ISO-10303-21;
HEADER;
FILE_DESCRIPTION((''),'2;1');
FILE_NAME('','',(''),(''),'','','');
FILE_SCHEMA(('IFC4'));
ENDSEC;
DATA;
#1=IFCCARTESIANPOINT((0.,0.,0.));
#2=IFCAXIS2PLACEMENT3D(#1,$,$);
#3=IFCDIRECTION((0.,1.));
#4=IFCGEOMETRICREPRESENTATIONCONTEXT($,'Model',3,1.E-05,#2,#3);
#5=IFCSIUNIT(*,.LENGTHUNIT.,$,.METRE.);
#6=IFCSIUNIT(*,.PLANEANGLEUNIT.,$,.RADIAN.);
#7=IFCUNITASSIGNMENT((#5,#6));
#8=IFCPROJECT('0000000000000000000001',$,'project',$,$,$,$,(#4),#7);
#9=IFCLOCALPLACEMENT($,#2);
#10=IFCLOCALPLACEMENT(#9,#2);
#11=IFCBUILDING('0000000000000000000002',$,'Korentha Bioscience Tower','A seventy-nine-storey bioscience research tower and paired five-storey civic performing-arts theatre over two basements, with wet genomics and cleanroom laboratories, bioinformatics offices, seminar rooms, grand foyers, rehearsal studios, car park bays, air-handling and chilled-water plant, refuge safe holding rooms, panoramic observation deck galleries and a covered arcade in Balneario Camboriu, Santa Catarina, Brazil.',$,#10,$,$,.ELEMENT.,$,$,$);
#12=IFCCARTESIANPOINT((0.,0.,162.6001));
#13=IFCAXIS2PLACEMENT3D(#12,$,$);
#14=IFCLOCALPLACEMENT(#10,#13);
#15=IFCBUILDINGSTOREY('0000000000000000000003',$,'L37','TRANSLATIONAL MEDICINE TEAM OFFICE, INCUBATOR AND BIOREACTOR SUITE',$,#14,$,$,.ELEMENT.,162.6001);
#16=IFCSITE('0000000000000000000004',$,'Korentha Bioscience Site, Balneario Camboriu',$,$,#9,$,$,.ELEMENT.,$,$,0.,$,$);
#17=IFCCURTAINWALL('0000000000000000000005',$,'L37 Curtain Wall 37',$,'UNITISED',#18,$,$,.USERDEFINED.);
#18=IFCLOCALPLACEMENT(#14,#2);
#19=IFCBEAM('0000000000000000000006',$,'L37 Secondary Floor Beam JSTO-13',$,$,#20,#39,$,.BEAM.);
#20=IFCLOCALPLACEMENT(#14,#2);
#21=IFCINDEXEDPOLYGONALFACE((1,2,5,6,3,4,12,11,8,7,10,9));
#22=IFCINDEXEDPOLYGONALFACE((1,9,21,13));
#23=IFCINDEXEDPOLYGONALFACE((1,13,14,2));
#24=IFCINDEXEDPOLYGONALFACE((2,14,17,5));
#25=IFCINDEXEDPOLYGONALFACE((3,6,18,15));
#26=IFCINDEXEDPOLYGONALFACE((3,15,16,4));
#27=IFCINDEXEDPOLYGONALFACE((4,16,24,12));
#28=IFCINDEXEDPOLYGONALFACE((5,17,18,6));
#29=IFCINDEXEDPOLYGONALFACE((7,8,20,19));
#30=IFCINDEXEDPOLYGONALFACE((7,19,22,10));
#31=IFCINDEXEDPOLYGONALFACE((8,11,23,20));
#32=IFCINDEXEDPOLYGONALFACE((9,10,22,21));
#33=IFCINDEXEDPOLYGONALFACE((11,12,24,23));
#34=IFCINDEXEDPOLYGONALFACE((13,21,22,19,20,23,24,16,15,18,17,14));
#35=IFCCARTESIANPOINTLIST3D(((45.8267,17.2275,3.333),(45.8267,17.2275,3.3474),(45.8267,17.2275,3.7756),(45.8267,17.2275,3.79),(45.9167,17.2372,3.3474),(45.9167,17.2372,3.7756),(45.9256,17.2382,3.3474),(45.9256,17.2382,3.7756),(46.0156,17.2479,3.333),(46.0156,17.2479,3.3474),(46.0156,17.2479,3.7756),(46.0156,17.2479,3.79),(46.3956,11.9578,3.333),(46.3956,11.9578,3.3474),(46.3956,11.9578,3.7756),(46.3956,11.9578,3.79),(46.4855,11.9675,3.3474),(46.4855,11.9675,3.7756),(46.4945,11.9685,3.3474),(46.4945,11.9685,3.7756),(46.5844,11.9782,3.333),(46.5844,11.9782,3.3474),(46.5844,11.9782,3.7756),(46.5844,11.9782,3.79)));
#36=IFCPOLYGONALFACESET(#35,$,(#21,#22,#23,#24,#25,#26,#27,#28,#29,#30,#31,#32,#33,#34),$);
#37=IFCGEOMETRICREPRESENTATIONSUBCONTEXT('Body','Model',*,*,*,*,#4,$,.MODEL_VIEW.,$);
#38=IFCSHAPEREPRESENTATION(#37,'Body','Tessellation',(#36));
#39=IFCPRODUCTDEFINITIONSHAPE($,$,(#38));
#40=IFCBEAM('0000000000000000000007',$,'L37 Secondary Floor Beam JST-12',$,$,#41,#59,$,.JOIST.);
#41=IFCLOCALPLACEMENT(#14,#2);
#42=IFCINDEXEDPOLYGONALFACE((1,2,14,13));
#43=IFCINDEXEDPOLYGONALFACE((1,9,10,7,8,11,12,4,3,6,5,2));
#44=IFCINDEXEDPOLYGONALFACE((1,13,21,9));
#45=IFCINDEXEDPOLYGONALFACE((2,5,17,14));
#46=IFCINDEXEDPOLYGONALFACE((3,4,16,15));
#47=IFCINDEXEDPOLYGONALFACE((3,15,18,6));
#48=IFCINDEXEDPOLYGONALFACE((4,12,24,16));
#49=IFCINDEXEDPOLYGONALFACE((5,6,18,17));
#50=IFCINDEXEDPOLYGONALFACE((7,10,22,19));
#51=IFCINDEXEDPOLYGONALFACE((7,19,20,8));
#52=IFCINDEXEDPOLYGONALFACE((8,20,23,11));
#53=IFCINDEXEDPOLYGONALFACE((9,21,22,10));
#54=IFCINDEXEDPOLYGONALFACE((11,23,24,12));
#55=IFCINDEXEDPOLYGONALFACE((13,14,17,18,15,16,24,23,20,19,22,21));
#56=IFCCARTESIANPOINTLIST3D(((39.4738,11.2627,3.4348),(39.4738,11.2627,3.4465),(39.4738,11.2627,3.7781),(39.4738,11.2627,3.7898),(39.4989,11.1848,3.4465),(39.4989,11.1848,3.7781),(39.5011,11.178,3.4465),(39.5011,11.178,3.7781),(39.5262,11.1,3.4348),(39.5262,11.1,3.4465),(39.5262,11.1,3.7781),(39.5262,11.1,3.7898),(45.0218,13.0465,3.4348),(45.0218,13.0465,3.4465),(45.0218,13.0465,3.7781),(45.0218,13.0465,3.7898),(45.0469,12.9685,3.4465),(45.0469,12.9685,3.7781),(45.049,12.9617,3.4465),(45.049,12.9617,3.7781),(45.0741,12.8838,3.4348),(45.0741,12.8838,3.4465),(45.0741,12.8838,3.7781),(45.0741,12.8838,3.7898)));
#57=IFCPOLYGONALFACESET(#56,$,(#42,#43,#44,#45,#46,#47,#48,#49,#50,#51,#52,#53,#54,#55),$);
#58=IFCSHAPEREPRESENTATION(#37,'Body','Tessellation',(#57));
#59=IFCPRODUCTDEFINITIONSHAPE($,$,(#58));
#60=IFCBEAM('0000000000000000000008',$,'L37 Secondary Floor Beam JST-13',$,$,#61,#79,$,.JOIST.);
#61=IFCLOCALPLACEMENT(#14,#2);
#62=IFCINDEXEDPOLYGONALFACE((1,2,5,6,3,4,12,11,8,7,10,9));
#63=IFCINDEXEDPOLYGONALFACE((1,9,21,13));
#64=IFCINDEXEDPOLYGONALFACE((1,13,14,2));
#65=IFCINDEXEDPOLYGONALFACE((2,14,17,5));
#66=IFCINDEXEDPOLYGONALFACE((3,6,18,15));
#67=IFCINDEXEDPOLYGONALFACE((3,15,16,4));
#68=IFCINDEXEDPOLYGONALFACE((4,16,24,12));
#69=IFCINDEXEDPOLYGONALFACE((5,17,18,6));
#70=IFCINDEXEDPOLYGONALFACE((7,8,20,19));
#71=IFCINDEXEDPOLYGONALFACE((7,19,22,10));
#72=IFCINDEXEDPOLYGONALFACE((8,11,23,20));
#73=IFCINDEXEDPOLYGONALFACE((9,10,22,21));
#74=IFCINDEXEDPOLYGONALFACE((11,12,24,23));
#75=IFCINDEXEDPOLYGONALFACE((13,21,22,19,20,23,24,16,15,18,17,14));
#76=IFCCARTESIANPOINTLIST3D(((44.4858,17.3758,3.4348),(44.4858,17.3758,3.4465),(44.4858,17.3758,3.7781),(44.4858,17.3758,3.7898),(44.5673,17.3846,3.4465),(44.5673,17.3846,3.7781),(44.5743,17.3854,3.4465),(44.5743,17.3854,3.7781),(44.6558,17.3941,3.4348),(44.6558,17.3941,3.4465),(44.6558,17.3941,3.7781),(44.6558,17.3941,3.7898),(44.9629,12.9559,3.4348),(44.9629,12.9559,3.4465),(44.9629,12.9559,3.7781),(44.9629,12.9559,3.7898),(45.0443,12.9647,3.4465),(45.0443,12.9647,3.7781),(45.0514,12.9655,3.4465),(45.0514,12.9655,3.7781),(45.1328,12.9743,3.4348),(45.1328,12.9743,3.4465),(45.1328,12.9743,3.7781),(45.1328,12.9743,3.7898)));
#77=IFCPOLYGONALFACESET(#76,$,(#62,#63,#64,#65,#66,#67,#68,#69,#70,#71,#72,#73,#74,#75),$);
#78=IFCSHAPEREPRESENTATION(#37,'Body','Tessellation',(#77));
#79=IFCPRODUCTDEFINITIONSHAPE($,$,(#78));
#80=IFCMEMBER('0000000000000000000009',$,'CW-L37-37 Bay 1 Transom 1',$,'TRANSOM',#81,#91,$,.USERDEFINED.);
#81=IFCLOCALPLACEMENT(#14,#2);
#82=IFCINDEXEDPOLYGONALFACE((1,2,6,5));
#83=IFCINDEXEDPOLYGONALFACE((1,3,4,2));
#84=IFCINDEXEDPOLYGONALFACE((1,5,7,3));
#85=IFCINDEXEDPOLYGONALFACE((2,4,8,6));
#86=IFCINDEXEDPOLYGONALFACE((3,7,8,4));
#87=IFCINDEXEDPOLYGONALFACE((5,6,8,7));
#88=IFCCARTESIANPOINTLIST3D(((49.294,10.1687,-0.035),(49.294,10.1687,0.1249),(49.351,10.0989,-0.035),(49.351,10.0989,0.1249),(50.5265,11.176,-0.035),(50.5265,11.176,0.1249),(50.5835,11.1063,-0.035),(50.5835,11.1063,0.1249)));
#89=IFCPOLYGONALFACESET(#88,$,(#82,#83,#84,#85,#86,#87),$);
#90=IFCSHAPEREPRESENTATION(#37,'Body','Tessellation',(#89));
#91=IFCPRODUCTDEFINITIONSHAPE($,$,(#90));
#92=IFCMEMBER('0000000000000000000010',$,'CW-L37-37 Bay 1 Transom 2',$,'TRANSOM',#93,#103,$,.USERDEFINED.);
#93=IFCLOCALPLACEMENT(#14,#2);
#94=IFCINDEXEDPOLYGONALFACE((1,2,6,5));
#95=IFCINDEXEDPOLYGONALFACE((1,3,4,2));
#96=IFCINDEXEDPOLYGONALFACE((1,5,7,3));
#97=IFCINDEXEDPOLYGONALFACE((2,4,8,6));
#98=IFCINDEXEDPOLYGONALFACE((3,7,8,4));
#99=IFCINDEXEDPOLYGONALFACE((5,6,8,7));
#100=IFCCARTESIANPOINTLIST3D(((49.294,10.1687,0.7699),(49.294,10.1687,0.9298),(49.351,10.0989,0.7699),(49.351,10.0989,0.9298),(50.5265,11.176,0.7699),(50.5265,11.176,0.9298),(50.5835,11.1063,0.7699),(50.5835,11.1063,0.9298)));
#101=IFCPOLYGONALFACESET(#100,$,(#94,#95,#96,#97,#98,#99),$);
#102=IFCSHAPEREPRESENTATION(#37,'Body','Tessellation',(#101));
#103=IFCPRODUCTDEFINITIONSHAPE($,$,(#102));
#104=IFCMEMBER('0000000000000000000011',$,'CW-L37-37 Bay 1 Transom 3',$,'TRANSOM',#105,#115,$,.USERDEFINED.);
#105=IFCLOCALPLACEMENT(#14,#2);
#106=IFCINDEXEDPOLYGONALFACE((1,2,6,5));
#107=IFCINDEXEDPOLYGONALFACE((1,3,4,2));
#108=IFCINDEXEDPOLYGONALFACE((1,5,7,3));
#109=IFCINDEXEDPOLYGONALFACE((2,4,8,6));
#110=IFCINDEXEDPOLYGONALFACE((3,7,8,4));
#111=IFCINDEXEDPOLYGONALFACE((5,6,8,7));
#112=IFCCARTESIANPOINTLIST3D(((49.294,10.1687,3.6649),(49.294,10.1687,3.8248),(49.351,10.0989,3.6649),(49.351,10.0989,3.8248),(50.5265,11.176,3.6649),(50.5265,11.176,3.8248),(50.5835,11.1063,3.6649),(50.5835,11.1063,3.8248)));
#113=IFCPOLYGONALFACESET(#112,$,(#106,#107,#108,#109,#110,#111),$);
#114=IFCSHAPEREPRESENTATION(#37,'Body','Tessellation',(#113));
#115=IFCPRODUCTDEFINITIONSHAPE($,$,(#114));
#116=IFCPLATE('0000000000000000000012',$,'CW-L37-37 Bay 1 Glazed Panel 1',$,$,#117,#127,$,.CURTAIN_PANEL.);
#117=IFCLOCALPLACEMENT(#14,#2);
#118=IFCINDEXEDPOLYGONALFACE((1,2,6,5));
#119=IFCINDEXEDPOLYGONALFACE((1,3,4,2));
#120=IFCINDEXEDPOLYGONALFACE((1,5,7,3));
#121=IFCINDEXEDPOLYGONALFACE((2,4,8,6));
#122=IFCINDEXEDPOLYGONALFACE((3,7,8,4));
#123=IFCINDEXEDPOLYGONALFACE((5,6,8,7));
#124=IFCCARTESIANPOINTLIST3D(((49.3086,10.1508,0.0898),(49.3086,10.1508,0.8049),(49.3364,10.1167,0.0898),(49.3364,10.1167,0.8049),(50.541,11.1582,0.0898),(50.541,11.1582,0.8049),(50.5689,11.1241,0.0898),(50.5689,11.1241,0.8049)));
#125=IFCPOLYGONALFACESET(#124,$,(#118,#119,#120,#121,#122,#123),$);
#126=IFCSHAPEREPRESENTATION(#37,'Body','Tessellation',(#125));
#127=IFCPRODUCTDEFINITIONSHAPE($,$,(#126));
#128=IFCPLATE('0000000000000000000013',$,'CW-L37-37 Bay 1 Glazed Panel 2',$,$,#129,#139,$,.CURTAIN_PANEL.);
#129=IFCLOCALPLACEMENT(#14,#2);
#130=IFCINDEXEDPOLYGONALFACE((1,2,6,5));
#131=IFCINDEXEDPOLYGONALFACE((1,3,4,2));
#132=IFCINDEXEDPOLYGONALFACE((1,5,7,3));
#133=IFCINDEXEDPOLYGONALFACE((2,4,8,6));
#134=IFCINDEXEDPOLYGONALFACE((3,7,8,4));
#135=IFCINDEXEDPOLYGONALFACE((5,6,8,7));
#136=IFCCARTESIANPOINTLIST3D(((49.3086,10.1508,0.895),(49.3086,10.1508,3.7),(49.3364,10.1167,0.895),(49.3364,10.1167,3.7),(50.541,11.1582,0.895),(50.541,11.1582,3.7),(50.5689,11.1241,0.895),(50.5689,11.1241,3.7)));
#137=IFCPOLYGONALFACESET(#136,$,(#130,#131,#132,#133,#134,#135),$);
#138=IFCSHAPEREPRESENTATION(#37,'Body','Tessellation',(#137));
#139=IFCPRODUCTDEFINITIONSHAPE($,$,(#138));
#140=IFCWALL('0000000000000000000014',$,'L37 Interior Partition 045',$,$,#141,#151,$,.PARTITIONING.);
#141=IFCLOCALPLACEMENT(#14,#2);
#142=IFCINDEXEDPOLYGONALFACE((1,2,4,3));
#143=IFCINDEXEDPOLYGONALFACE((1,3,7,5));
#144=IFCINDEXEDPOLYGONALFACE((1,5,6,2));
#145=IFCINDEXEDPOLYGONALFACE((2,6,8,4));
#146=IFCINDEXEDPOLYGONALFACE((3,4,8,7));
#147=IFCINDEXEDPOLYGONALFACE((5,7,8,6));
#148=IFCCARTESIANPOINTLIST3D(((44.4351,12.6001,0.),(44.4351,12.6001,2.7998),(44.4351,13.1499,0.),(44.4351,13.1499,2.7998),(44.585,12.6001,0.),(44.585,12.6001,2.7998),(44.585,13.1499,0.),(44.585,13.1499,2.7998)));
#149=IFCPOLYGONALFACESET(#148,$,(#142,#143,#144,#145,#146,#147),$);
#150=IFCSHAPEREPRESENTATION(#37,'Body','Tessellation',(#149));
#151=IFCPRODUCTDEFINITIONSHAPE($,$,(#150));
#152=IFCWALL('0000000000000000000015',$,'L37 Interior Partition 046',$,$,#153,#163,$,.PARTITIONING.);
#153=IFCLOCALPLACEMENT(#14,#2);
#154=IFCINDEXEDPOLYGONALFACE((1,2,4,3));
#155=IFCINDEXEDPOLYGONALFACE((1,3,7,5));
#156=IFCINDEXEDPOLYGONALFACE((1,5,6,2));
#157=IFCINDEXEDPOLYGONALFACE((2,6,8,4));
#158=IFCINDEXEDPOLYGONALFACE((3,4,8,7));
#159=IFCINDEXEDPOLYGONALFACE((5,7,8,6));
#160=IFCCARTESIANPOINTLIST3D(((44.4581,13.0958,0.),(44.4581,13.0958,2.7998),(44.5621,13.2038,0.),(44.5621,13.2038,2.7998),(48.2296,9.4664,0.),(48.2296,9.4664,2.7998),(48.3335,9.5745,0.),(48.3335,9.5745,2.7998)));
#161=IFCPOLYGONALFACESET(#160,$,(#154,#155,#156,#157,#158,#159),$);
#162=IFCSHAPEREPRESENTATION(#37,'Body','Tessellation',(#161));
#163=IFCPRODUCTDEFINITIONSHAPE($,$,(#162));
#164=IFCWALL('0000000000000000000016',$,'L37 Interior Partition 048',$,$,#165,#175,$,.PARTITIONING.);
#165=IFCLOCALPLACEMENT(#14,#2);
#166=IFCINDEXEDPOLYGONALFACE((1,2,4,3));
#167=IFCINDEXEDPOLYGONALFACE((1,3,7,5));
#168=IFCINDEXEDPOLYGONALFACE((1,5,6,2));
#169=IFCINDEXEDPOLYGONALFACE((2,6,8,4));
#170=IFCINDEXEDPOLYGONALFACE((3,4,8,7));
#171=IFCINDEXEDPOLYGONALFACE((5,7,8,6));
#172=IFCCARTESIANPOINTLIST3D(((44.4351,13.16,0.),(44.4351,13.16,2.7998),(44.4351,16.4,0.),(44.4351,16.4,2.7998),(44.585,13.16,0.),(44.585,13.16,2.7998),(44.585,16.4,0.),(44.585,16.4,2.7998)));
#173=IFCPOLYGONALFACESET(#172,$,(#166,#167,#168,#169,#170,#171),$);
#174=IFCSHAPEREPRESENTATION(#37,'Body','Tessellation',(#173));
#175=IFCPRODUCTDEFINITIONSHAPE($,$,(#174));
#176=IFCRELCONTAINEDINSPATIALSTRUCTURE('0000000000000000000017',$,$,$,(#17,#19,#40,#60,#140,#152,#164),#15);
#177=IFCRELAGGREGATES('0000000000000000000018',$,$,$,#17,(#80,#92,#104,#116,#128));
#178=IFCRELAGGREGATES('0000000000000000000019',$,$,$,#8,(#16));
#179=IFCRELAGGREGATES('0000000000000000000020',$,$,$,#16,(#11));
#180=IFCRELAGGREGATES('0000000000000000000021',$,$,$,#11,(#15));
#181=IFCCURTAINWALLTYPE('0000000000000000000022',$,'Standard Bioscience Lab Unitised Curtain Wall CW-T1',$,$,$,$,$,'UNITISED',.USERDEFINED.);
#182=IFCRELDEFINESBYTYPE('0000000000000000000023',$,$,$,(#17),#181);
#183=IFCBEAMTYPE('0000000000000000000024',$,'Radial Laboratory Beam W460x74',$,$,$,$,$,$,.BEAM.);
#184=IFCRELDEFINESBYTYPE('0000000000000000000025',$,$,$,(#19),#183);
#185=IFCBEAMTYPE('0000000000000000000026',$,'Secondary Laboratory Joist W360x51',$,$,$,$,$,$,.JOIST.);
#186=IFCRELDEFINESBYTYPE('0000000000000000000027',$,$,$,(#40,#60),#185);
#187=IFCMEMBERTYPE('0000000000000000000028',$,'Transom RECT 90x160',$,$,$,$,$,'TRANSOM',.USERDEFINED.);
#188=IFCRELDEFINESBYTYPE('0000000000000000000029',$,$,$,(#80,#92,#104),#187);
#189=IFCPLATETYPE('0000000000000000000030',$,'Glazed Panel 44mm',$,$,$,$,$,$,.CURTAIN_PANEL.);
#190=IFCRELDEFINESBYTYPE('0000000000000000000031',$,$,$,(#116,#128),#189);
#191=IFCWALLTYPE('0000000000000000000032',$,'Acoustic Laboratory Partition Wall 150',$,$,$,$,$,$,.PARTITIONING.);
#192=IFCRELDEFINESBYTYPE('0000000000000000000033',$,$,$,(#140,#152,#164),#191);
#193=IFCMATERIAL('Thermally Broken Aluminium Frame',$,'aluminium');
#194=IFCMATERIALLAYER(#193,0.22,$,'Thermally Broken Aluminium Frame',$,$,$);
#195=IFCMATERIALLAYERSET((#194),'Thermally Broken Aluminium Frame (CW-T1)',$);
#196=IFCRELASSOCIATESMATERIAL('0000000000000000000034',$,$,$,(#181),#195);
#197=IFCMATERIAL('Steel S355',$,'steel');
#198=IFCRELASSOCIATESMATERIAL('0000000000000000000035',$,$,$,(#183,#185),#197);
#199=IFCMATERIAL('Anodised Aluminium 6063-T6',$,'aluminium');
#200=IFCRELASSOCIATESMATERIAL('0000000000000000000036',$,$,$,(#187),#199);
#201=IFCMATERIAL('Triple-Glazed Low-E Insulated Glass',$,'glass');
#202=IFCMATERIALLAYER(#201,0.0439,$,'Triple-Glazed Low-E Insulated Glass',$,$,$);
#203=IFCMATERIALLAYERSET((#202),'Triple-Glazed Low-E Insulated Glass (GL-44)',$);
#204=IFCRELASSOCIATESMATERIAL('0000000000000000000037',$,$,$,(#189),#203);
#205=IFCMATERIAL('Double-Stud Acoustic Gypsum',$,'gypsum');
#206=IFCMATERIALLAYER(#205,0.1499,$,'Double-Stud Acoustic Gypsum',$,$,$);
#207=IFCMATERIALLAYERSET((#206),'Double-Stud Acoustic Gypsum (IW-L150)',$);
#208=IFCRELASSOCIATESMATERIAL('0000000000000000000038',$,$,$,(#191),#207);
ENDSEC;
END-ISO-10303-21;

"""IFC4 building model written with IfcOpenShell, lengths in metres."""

from ifc_helpers import new_model, si_unit, direction, frame, frame_2d, origin, origin_2d, place, context, subcontext, project, spatial, rectangle, i_section, extrude, material, layer, layer_set, material_profile, profile_set, type_object, element, aggregate, save


model = new_model("IFC4")

# Units and contexts
model_context = context("Model", 3, precision=1e-05, world=origin(), true_north=direction((0.0, 1.0)))
body_context = subcontext(model_context, "Body", "Model", "MODEL_VIEW")
ifc_project = project(units=[si_unit("LENGTHUNIT", "METRE"), si_unit("PLANEANGLEUNIT", "RADIAN")], contexts=[model_context])

# Site, building, storey
site_placement = place(None, origin())
site = spatial("IfcSite", under=ifc_project, at=site_placement, Name="Korentha Bioscience Site, Balneario Camboriu", CompositionType="ELEMENT", RefElevation=0.0)
building_placement = place(site_placement, origin())
building = spatial("IfcBuilding", under=site, at=building_placement, Name="Korentha Bioscience Tower", Description="A seventy-nine-storey bioscience research tower and paired five-storey civic performing-arts theatre over two basements, with wet genomics and cleanroom laboratories, bioinformatics offices, seminar rooms, grand foyers, rehearsal studios, car park bays, air-handling and chilled-water plant, refuge safe holding rooms, panoramic observation deck galleries and a covered arcade in Balneario Camboriu, Santa Catarina, Brazil.", CompositionType="ELEMENT")
storey_placement = place(building_placement, frame((0.0, 0.0, 162.6001)))
storey = spatial("IfcBuildingStorey", under=building, at=storey_placement, Name="L37", Description="TRANSLATIONAL MEDICINE TEAM OFFICE, INCUBATOR AND BIOREACTOR SUITE", CompositionType="ELEMENT", Elevation=162.6001)

# Shared definitions
ifc_material_1 = material(Name="Steel S355", Category="steel")

# Curtain wall
ifc_material_2 = material(Name="Thermally Broken Aluminium Frame", Category="aluminium")
ifc_layer_1 = layer(ifc_material_2, 0.22, Name="Thermally Broken Aluminium Frame")
ifc_layer_set_1 = layer_set([ifc_layer_1], Name="Thermally Broken Aluminium Frame (CW-T1)")
curtain_wall_type = type_object("IfcCurtainWallType", Name="Standard Bioscience Lab Unitised Curtain Wall CW-T1", ElementType="UNITISED", PredefinedType="USERDEFINED", material=ifc_layer_set_1)
curtain_wall_placement = place(storey_placement, origin())
curtain_wall = element("IfcCurtainWall", 1, at=curtain_wall_placement, inside=storey, type_object=curtain_wall_type, Name="L37 Curtain Wall 37", ObjectType="UNITISED", PredefinedType="USERDEFINED")
ifc_material_3 = material(Name="Anodised Aluminium 6063-T6", Category="aluminium")

# Beams
ifc_material_profile_1 = material_profile(ifc_material_1, i_section(OverallWidth=0.1899, OverallDepth=0.457, WebThickness=0.009, FlangeThickness=0.0144, at=origin_2d()), Name="Steel S355")
ifc_profile_set_1 = profile_set([ifc_material_profile_1], Name="Steel S355 (RB-460)")
beam_type_1 = type_object("IfcBeamType", Name="Radial Laboratory Beam W460x74", PredefinedType="BEAM", material=ifc_profile_set_1)
beam_1_placement = place(storey_placement, frame((46.49, 11.968, 3.5615), z_axis=(-0.107322, 0.994224, 0.0), x_axis=(-0.994224, -0.107322, 0.0)))
element("IfcBeam", 2, at=beam_1_placement, inside=storey, type_object=beam_type_1, Name="L37 Secondary Floor Beam JSTO-13", PredefinedType="BEAM", context=body_context, shape_type="SweptSolid", body=[
    extrude(i_section(OverallWidth=0.1899, OverallDepth=0.457, WebThickness=0.009, FlangeThickness=0.0144, at=origin_2d()), origin(), (0.0, 0.0, 1.0), 5.3003),
])
ifc_material_profile_2 = material_profile(ifc_material_1, i_section(OverallWidth=0.1709, OverallDepth=0.355, WebThickness=0.0071, FlangeThickness=0.0117, at=origin_2d()), Name="Steel S355")
ifc_profile_set_2 = profile_set([ifc_material_profile_2], Name="Steel S355 (JB-360)")
beam_type_2 = type_object("IfcBeamType", Name="Secondary Laboratory Joist W360x51", PredefinedType="JOIST", material=ifc_profile_set_2)
beam_2_placement = place(storey_placement, frame((39.5, 11.1814, 3.6123), z_axis=(0.952006, 0.30608, 0.0), x_axis=(-0.30608, 0.952006, 0.0)))
element("IfcBeam", 3, at=beam_2_placement, inside=storey, type_object=beam_type_2, Name="L37 Secondary Floor Beam JST-12", PredefinedType="JOIST", context=body_context, shape_type="SweptSolid", body=[
    extrude(i_section(OverallWidth=0.1709, OverallDepth=0.355, WebThickness=0.0071, FlangeThickness=0.0117, at=origin_2d()), origin(), (0.0, 0.0, 1.0), 5.8276),
])
beam_3_placement = place(storey_placement, frame((45.0479, 12.9651, 3.6123), z_axis=(-0.107309, 0.994226, 0.0), x_axis=(-0.994226, -0.107309, 0.0)))
element("IfcBeam", 4, at=beam_3_placement, inside=storey, type_object=beam_type_2, Name="L37 Secondary Floor Beam JST-13", PredefinedType="JOIST", context=body_context, shape_type="SweptSolid", body=[
    extrude(i_section(OverallWidth=0.1709, OverallDepth=0.355, WebThickness=0.0071, FlangeThickness=0.0117, at=origin_2d()), origin(), (0.0, 0.0, 1.0), 4.4456),
])

# Members
ifc_material_profile_3 = material_profile(ifc_material_3, rectangle(XDim=0.0901, YDim=0.1599, at=origin_2d()), Name="Anodised Aluminium 6063-T6")
ifc_profile_set_3 = profile_set([ifc_material_profile_3], Name="Anodised Aluminium 6063-T6 (CW-TRN)")
member_type_1 = type_object("IfcMemberType", Name="Transom RECT 90x160", ElementType="TRANSOM", PredefinedType="USERDEFINED", material=ifc_profile_set_3)
member_1_placement = place(storey_placement, frame((49.3225, 10.1338, 0.0449), z_axis=(0.774272, 0.632853, 0.0), x_axis=(-0.632853, 0.774272, 0.0)))
member_1 = element("IfcMember", 5, at=member_1_placement, type_object=member_type_1, Name="CW-L37-37 Bay 1 Transom 1", ObjectType="TRANSOM", PredefinedType="USERDEFINED", context=body_context, shape_type="SweptSolid", body=[
    extrude(rectangle(XDim=0.0901, YDim=0.1599, at=origin_2d()), origin(), (0.0, 0.0, 1.0), 1.5918),
])
member_2_placement = place(storey_placement, frame((49.3225, 10.1338, 0.8499), z_axis=(0.774272, 0.632853, 0.0), x_axis=(-0.632853, 0.774272, 0.0)))
member_2 = element("IfcMember", 6, at=member_2_placement, type_object=member_type_1, Name="CW-L37-37 Bay 1 Transom 2", ObjectType="TRANSOM", PredefinedType="USERDEFINED", context=body_context, shape_type="SweptSolid", body=[
    extrude(rectangle(XDim=0.0901, YDim=0.1599, at=origin_2d()), origin(), (0.0, 0.0, 1.0), 1.5918),
])
member_3_placement = place(storey_placement, frame((49.3225, 10.1338, 3.7449), z_axis=(0.774272, 0.632853, 0.0), x_axis=(-0.632853, 0.774272, 0.0)))
member_3 = element("IfcMember", 7, at=member_3_placement, type_object=member_type_1, Name="CW-L37-37 Bay 1 Transom 3", ObjectType="TRANSOM", PredefinedType="USERDEFINED", context=body_context, shape_type="SweptSolid", body=[
    extrude(rectangle(XDim=0.0901, YDim=0.1599, at=origin_2d()), origin(), (0.0, 0.0, 1.0), 1.5918),
])

# Plates
ifc_material_4 = material(Name="Triple-Glazed Low-E Insulated Glass", Category="glass")
ifc_layer_2 = layer(ifc_material_4, 0.0439, Name="Triple-Glazed Low-E Insulated Glass")
ifc_layer_set_2 = layer_set([ifc_layer_2], Name="Triple-Glazed Low-E Insulated Glass (GL-44)")
plate_type = type_object("IfcPlateType", Name="Glazed Panel 44mm", PredefinedType="CURTAIN_PANEL", material=ifc_layer_set_2)
plate_1_placement = place(storey_placement, frame((49.9387, 10.6375, 0.0898), z_axis=(0.0, 0.0, 1.0), x_axis=(0.774256, 0.632872, 0.0)))
plate_1 = element("IfcPlate", 8, at=plate_1_placement, type_object=plate_type, Name="CW-L37-37 Bay 1 Glazed Panel 1", PredefinedType="CURTAIN_PANEL", context=body_context, shape_type="SweptSolid", body=[
    extrude(rectangle(XDim=1.5918, YDim=0.0439, at=origin_2d()), origin(), (0.0, 0.0, 1.0), 0.7151),
])
plate_2_placement = place(storey_placement, frame((49.9387, 10.6375, 0.895), z_axis=(0.0, 0.0, 1.0), x_axis=(0.774256, 0.632872, 0.0)))
plate_2 = element("IfcPlate", 9, at=plate_2_placement, type_object=plate_type, Name="CW-L37-37 Bay 1 Glazed Panel 2", PredefinedType="CURTAIN_PANEL", context=body_context, shape_type="SweptSolid", body=[
    extrude(rectangle(XDim=1.5918, YDim=0.0439, at=origin_2d()), origin(), (0.0, 0.0, 1.0), 2.8049),
])
aggregate(curtain_wall, [member_1, member_2, member_3, plate_1, plate_2])

# Walls
ifc_material_5 = material(Name="Double-Stud Acoustic Gypsum", Category="gypsum")
ifc_layer_3 = layer(ifc_material_5, 0.1499, Name="Double-Stud Acoustic Gypsum")
ifc_layer_set_3 = layer_set([ifc_layer_3], Name="Double-Stud Acoustic Gypsum (IW-L150)")
wall_type_1 = type_object("IfcWallType", Name="Acoustic Laboratory Partition Wall 150", PredefinedType="PARTITIONING", material=ifc_layer_set_3)
wall_1_placement = place(storey_placement, frame((44.51, 12.6001, 0.0), z_axis=(0.0, 0.0, 1.0), x_axis=(0.0, 1.0, 0.0)))
element("IfcWall", 10, at=wall_1_placement, inside=storey, type_object=wall_type_1, Name="L37 Interior Partition 045", PredefinedType="PARTITIONING", context=body_context, shape_type="SweptSolid", body=[
    extrude(rectangle(XDim=0.5498, YDim=0.1499, at=frame_2d((0.2749, 0.0))), origin(), (0.0, 0.0, 1.0), 2.7998),
])
wall_2_placement = place(storey_placement, frame((44.51, 13.1499, 0.0), z_axis=(0.0, 0.0, 1.0), x_axis=(0.72055, -0.693403, 0.0)))
element("IfcWall", 11, at=wall_2_placement, inside=storey, type_object=wall_type_1, Name="L37 Interior Partition 046", PredefinedType="PARTITIONING", context=body_context, shape_type="SweptSolid", body=[
    extrude(rectangle(XDim=5.2341, YDim=0.1499, at=frame_2d((2.6172, 0.0))), origin(), (0.0, 0.0, 1.0), 2.7998),
])
wall_3_placement = place(storey_placement, frame((44.51, 13.1599, 0.0), z_axis=(0.0, 0.0, 1.0), x_axis=(0.0, 1.0, 0.0)))
element("IfcWall", 12, at=wall_3_placement, inside=storey, type_object=wall_type_1, Name="L37 Interior Partition 048", PredefinedType="PARTITIONING", context=body_context, shape_type="SweptSolid", body=[
    extrude(rectangle(XDim=3.24, YDim=0.1499, at=frame_2d((1.6201, 0.0))), origin(), (0.0, 0.0, 1.0), 2.7998),
])

save(model, "model.ifc")
